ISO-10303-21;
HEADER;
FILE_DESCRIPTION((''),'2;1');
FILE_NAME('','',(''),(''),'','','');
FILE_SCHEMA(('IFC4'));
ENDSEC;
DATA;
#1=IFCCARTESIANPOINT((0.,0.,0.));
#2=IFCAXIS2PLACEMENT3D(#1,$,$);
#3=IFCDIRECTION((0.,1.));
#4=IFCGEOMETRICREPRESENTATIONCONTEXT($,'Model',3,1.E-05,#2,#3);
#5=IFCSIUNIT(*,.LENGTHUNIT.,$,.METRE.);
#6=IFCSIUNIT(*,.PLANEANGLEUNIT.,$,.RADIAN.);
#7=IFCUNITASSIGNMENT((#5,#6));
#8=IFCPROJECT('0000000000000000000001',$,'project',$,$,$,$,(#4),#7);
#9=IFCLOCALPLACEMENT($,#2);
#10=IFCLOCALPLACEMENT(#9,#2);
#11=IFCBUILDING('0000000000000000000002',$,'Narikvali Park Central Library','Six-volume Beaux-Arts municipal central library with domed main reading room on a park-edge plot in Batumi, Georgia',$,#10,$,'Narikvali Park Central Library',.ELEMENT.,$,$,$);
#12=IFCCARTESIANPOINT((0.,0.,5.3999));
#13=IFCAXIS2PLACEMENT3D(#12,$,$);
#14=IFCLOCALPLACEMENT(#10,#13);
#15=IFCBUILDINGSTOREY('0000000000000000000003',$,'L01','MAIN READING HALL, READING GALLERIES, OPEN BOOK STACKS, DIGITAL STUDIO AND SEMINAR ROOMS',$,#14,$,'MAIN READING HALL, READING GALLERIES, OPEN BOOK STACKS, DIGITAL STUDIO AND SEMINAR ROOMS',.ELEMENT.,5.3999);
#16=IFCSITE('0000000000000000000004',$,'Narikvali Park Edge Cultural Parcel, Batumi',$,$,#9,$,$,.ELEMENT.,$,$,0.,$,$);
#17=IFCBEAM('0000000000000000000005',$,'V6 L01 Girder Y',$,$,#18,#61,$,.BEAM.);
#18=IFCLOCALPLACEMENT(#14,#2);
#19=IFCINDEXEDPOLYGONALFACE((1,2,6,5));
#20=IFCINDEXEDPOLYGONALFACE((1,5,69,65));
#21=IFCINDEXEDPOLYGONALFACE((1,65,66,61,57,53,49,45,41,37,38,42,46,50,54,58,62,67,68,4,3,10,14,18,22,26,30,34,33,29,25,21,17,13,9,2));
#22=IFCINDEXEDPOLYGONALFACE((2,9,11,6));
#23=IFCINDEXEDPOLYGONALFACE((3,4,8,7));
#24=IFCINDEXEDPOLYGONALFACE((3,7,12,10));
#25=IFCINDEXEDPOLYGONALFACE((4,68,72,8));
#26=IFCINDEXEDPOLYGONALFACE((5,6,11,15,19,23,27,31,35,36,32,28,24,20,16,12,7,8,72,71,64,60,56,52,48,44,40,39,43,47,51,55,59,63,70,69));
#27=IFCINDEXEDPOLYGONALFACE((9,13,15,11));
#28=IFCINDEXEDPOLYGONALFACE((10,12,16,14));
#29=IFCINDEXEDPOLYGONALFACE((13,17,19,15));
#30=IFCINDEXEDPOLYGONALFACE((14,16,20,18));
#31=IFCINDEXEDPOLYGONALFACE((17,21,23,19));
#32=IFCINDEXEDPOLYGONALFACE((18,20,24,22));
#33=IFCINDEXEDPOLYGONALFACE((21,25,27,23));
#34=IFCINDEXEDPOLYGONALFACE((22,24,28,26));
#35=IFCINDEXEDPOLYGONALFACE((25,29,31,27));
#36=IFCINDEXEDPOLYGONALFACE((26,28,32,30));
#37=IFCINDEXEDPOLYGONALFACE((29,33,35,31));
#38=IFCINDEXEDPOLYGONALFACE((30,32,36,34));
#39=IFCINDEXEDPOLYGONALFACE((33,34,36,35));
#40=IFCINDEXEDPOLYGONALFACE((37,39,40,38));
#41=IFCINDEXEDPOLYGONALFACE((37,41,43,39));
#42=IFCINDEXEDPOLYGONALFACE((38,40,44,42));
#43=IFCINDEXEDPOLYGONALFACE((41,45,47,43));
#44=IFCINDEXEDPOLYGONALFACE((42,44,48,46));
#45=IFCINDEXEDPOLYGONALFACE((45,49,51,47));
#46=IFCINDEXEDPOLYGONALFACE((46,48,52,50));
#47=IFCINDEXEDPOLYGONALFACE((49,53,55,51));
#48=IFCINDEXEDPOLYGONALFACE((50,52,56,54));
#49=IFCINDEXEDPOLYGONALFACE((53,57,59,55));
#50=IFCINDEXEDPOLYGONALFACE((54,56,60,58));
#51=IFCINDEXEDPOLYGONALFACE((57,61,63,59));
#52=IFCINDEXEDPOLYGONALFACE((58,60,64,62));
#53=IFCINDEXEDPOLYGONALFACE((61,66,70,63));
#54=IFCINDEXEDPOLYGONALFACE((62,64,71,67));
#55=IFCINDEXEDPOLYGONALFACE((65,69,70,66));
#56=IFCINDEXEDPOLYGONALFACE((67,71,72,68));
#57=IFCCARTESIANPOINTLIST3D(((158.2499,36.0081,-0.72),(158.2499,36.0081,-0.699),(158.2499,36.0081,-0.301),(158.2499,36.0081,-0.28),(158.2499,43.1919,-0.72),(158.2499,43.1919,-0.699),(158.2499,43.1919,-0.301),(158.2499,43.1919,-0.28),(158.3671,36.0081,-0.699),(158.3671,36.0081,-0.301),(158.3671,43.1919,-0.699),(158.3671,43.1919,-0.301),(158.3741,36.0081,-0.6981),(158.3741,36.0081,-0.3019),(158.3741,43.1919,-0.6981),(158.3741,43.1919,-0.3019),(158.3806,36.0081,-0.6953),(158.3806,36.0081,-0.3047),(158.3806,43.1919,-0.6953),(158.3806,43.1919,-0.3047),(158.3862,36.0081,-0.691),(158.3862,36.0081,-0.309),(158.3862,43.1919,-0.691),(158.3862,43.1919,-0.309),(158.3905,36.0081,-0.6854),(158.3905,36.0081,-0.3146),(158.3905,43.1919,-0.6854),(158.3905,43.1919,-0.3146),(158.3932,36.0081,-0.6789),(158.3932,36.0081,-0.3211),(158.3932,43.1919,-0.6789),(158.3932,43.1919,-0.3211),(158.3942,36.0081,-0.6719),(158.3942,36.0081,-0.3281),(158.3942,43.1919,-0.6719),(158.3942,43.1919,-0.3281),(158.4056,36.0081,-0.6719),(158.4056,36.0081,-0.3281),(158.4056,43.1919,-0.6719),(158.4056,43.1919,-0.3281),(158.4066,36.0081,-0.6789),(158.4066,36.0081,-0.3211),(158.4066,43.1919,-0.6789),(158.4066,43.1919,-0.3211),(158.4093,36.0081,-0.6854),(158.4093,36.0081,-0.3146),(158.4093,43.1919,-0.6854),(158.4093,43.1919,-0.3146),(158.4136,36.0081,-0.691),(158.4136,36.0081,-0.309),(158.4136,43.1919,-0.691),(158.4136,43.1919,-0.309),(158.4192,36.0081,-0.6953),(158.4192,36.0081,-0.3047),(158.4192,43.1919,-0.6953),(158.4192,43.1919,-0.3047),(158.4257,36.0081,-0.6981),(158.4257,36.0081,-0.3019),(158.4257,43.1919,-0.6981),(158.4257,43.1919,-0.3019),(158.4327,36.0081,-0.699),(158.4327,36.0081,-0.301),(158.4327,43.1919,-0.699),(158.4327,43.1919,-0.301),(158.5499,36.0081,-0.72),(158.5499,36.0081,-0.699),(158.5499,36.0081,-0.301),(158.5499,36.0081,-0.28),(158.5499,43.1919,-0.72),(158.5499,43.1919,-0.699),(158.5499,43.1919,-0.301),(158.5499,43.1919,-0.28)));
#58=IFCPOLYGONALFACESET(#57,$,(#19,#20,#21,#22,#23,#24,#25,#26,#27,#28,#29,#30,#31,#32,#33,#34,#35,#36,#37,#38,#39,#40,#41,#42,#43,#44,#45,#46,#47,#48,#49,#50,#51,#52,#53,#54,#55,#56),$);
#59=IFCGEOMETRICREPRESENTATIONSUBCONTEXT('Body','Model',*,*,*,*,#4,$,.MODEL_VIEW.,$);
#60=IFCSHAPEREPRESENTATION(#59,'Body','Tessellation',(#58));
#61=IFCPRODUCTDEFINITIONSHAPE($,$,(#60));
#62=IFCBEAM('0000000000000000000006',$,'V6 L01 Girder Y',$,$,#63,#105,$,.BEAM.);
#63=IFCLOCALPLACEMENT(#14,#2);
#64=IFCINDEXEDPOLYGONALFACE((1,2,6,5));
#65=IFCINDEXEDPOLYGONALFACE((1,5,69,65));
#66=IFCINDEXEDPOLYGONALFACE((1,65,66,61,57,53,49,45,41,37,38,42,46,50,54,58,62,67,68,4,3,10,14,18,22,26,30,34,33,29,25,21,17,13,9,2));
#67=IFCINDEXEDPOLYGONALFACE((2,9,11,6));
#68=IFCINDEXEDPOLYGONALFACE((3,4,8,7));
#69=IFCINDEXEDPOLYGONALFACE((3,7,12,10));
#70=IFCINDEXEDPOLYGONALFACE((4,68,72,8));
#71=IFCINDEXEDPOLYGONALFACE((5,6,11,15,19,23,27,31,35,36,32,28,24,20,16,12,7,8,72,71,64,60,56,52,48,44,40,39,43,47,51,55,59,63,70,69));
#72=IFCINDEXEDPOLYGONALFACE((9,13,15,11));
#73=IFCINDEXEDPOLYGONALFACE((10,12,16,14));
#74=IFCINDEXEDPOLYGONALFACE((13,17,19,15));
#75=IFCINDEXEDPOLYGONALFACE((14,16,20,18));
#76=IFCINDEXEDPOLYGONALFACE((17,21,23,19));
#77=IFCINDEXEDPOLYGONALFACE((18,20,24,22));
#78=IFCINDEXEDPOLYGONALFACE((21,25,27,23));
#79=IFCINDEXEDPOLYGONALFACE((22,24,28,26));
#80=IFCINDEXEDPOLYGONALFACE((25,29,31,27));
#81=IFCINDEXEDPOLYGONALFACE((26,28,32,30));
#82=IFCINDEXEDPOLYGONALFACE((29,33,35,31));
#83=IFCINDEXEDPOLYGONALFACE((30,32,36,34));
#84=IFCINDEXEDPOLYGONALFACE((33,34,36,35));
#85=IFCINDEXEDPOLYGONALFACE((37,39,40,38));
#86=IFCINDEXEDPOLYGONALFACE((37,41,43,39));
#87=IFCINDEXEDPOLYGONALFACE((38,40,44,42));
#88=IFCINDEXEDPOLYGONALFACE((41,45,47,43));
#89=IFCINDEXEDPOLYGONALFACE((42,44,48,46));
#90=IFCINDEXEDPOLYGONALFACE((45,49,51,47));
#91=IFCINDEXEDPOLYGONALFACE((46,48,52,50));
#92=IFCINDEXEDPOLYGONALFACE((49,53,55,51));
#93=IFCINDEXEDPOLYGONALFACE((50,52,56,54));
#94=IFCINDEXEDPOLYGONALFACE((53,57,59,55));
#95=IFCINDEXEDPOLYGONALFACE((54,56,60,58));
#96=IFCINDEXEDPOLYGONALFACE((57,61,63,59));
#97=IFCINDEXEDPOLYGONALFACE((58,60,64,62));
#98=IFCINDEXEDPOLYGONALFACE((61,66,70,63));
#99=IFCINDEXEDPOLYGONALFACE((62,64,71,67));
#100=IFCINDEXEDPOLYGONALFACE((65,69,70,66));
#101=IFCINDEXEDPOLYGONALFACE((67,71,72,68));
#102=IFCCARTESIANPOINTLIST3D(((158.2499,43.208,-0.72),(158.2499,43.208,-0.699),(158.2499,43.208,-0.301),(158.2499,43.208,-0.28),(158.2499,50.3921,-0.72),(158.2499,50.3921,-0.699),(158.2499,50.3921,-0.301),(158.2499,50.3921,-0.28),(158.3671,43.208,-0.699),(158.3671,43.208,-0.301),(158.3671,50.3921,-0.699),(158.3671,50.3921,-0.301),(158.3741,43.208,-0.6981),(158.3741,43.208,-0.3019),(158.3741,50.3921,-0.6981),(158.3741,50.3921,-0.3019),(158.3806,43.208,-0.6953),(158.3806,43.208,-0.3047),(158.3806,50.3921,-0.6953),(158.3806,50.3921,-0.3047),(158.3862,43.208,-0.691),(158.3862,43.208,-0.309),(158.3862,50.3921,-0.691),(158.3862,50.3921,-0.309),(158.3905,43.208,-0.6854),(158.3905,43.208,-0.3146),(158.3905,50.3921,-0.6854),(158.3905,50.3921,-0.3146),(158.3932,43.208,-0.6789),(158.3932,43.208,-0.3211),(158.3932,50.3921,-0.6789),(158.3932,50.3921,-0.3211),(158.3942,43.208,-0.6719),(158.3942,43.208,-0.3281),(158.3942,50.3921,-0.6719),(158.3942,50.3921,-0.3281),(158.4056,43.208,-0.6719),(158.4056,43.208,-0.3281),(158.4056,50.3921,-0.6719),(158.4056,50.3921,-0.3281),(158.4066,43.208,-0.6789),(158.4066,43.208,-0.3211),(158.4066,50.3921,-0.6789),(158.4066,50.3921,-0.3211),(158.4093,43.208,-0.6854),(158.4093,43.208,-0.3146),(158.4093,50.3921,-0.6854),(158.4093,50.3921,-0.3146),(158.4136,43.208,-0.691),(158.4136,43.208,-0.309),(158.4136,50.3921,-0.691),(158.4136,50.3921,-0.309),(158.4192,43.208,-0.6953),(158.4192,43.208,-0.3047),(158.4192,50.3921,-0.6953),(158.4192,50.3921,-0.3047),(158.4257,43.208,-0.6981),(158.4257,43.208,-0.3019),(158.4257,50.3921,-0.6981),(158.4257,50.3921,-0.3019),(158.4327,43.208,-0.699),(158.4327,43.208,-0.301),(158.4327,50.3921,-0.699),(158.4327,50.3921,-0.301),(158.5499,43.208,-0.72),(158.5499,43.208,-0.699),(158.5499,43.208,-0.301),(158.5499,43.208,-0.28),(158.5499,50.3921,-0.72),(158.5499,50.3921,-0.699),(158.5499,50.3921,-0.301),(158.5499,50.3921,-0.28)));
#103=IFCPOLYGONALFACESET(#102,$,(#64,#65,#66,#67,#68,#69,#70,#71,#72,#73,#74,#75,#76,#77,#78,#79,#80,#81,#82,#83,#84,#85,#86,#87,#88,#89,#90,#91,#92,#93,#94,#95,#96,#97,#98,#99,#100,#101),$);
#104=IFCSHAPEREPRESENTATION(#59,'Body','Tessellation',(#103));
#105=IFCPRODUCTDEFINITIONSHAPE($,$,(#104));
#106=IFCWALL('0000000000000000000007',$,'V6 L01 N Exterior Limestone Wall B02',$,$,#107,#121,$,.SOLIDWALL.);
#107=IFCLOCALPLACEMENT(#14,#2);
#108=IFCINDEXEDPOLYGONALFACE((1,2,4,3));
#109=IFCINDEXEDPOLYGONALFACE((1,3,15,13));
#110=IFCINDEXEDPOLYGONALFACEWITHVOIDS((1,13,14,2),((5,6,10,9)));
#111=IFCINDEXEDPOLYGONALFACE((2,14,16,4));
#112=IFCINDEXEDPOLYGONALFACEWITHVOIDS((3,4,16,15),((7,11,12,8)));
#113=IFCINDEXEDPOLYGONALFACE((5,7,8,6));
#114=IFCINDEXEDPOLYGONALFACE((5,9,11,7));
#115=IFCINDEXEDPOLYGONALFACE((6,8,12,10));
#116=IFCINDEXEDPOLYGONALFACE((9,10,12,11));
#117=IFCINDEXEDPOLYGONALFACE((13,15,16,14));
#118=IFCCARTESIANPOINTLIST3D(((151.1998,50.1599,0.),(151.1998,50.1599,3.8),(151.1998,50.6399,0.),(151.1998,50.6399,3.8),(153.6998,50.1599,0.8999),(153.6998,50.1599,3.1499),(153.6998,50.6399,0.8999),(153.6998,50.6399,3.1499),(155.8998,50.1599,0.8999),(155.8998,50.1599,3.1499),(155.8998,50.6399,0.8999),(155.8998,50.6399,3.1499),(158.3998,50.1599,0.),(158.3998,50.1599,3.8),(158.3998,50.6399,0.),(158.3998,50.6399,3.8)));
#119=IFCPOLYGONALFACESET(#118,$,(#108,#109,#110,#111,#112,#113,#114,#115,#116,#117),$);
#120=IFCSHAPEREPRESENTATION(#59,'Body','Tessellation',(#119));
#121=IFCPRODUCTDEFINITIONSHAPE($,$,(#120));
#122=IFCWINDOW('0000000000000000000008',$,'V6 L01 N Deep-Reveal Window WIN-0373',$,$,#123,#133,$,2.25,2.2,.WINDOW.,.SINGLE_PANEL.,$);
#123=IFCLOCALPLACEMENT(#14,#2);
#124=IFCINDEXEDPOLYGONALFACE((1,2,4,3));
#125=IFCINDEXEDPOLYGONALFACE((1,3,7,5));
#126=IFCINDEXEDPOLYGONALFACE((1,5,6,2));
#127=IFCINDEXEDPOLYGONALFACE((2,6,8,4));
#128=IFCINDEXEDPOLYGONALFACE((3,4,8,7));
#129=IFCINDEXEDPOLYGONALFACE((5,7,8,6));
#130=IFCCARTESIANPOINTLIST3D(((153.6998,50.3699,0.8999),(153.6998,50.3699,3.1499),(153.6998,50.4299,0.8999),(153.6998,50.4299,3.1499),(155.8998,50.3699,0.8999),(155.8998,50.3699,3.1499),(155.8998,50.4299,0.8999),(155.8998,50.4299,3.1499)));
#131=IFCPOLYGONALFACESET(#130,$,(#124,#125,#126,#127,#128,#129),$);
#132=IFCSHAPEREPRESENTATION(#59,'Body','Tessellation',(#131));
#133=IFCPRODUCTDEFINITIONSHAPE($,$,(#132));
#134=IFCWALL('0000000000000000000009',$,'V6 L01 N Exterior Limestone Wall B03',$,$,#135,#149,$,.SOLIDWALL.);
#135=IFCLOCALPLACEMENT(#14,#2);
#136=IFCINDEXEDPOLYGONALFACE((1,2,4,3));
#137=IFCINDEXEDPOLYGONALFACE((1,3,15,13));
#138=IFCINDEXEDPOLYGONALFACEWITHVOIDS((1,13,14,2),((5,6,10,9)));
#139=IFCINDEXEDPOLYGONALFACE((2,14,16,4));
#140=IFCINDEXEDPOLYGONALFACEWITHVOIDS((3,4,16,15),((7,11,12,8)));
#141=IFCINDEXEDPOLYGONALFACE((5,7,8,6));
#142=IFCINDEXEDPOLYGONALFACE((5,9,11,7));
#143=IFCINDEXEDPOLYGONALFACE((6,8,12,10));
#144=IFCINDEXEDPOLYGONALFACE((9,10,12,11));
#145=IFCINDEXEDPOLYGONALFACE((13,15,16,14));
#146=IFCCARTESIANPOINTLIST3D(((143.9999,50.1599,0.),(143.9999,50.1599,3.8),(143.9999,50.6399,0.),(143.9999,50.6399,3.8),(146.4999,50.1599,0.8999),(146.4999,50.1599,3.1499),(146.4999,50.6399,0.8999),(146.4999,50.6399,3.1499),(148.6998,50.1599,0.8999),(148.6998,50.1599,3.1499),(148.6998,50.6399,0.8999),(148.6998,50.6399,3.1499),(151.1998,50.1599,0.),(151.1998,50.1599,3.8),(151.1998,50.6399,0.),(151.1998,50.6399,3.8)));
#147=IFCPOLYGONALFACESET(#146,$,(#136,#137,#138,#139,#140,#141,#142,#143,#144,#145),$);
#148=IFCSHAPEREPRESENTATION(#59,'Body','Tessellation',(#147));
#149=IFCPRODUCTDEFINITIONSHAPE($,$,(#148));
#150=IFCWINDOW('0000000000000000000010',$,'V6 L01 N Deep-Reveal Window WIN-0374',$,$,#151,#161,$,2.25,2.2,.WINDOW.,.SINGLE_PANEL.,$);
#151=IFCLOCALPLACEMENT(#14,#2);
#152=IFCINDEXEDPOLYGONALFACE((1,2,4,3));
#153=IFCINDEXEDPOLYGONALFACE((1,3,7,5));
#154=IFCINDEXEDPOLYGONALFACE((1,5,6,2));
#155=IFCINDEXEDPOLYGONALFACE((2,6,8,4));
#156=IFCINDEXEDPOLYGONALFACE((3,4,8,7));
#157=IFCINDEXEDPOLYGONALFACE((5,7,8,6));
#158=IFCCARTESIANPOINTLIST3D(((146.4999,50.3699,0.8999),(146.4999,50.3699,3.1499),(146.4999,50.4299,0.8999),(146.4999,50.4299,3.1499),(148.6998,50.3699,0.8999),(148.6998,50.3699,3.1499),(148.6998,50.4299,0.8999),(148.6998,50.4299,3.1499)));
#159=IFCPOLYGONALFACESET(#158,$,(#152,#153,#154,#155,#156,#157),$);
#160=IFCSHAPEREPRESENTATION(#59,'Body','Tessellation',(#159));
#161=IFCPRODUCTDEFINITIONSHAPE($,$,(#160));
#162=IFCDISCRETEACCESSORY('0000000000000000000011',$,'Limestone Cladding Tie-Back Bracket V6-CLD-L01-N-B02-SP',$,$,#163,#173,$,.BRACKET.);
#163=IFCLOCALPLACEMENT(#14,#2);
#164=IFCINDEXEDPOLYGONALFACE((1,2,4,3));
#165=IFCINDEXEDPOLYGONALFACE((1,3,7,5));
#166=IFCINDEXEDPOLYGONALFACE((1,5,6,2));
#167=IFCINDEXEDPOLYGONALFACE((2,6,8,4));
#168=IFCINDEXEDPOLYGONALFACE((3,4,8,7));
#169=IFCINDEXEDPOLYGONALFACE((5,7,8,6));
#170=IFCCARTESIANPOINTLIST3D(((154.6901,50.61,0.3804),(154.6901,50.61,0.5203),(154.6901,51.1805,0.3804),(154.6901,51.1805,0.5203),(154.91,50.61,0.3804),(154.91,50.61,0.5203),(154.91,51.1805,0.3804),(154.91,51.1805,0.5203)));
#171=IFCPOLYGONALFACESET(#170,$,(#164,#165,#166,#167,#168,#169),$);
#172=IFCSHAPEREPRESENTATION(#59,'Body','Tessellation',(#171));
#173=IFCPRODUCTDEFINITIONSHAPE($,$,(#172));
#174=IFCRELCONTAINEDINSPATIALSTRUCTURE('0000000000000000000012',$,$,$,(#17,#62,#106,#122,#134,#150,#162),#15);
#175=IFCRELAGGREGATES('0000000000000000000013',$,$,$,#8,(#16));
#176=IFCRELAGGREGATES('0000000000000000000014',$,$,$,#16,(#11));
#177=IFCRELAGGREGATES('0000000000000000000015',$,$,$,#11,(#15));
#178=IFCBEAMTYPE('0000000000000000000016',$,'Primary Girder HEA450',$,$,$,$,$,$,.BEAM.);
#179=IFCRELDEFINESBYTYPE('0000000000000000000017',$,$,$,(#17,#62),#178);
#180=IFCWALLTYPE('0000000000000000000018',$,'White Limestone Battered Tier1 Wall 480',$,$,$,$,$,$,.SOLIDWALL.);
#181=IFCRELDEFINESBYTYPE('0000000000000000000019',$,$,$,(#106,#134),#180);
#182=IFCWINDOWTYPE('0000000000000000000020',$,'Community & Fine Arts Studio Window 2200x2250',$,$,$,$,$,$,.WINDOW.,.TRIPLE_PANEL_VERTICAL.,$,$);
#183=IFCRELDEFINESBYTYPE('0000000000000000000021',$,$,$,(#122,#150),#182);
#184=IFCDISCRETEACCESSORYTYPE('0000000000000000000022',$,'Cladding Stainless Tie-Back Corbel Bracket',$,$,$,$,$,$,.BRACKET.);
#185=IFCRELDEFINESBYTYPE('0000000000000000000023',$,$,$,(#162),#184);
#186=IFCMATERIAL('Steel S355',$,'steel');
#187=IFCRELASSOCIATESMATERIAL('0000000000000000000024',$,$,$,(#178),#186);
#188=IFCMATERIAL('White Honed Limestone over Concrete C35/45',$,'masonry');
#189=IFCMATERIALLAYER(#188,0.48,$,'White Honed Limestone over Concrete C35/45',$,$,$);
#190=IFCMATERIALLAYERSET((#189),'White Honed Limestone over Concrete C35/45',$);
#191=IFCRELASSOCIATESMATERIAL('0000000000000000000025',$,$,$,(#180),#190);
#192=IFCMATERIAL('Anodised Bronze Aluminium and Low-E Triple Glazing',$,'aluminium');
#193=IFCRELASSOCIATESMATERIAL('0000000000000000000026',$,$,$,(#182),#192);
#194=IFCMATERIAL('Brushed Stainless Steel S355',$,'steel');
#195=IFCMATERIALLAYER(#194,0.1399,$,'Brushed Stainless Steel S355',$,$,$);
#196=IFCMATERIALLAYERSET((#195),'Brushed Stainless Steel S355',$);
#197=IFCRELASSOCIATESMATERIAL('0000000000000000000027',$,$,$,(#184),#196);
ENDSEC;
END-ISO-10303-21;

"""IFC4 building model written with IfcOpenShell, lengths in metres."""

from ifc_helpers import new_model, si_unit, direction, frame, frame_2d, origin, origin_2d, place, context, subcontext, project, spatial, rectangle, i_section, extrude, material, layer, layer_set, material_profile, profile_set, type_object, element, fill, save


model = new_model("IFC4")

# Units and contexts
model_context = context("Model", 3, precision=1e-05, world=origin(), true_north=direction((0.0, 1.0)))
body_context = subcontext(model_context, "Body", "Model", "MODEL_VIEW")
ifc_project = project(units=[si_unit("LENGTHUNIT", "METRE"), si_unit("PLANEANGLEUNIT", "RADIAN")], contexts=[model_context])

# Site, building, storey
site_placement = place(None, origin())
site = spatial("IfcSite", under=ifc_project, at=site_placement, Name="Narikvali Park Edge Cultural Parcel, Batumi", CompositionType="ELEMENT", RefElevation=0.0)
building_placement = place(site_placement, origin())
building = spatial("IfcBuilding", under=site, at=building_placement, Name="Narikvali Park Central Library", Description="Six-volume Beaux-Arts municipal central library with domed main reading room on a park-edge plot in Batumi, Georgia", LongName="Narikvali Park Central Library", CompositionType="ELEMENT")
storey_placement = place(building_placement, frame((0.0, 0.0, 5.3999)))
storey = spatial("IfcBuildingStorey", under=building, at=storey_placement, Name="L01", Description="MAIN READING HALL, READING GALLERIES, OPEN BOOK STACKS, DIGITAL STUDIO AND SEMINAR ROOMS", LongName="MAIN READING HALL, READING GALLERIES, OPEN BOOK STACKS, DIGITAL STUDIO AND SEMINAR ROOMS", CompositionType="ELEMENT", Elevation=5.3999)

# Shared definitions
ifc_material_1 = material(Name="Steel S355", Category="steel")

# Beams
ifc_material_profile_1 = material_profile(ifc_material_1, i_section(OverallWidth=0.3, OverallDepth=0.4399, WebThickness=0.0115, FlangeThickness=0.021, FilletRadius=0.0271, at=origin_2d()), Name="HEA 450")
ifc_profile_set_1 = profile_set([ifc_material_profile_1], Name="Steel S355")
beam_type_1 = type_object("IfcBeamType", Name="Primary Girder HEA450", PredefinedType="BEAM", material=ifc_profile_set_1)
beam_1_placement = place(storey_placement, frame((158.3999, 36.0081, -0.5), z_axis=(0.0, 1.0, 0.0), x_axis=(-1.0, 0.0, 0.0)))
element("IfcBeam", 1, at=beam_1_placement, inside=storey, type_object=beam_type_1, Name="V6 L01 Girder Y", PredefinedType="BEAM", context=body_context, shape_type="SweptSolid", body=[
    extrude(i_section(OverallWidth=0.3, OverallDepth=0.4399, WebThickness=0.0115, FlangeThickness=0.021, FilletRadius=0.0271, at=origin_2d()), origin(), (0.0, 0.0, 1.0), 7.1838),
])
beam_2_placement = place(storey_placement, frame((158.3999, 43.208, -0.5), z_axis=(0.0, 1.0, 0.0), x_axis=(-1.0, 0.0, 0.0)))
element("IfcBeam", 2, at=beam_2_placement, inside=storey, type_object=beam_type_1, Name="V6 L01 Girder Y", PredefinedType="BEAM", context=body_context, shape_type="SweptSolid", body=[
    extrude(i_section(OverallWidth=0.3, OverallDepth=0.4399, WebThickness=0.0115, FlangeThickness=0.021, FilletRadius=0.0271, at=origin_2d()), origin(), (0.0, 0.0, 1.0), 7.1841),
])

# Walls, openings, windows
ifc_material_2 = material(Name="White Honed Limestone over Concrete C35/45", Category="masonry")
ifc_layer_1 = layer(ifc_material_2, 0.48, Name="White Honed Limestone over Concrete C35/45")
ifc_layer_set_1 = layer_set([ifc_layer_1], Name="White Honed Limestone over Concrete C35/45")
wall_type = type_object("IfcWallType", Name="White Limestone Battered Tier1 Wall 480", PredefinedType="SOLIDWALL", material=ifc_layer_set_1)
wall_1_placement = place(storey_placement, frame((158.3999, 50.3999, 0.0), z_axis=(0.0, 0.0, 1.0), x_axis=(-1.0, 0.0, 0.0)))
wall_1 = element("IfcWall", 3, at=wall_1_placement, inside=storey, type_object=wall_type, Name="V6 L01 N Exterior Limestone Wall B02", PredefinedType="SOLIDWALL", context=body_context, shape_type="SweptSolid", body=[
    extrude(rectangle(XDim=7.2, YDim=0.48, at=frame_2d((3.6001, 0.0))), origin(), (0.0, 0.0, 1.0), 3.8),
])
opening_1_placement = place(wall_1_placement, frame((2.5, 0.0, 0.8999)))
opening_1 = element("IfcOpeningElement", 4, at=opening_1_placement, cuts=wall_1, PredefinedType="OPENING", context=body_context, shape_type="SweptSolid", body=[
    extrude(rectangle(XDim=2.2, YDim=2.25, at=frame_2d((1.1001, 1.125))), frame((0.0, 0.252, 0.0), z_axis=(0.0, -1.0, 0.0), x_axis=(1.0, 0.0, 0.0)), (0.0, 0.0, 1.0), 0.5039),
])
ifc_material_3 = material(Name="Anodised Bronze Aluminium and Low-E Triple Glazing", Category="aluminium")
window_type = type_object("IfcWindowType", Name="Community & Fine Arts Studio Window 2200x2250", PartitioningType="TRIPLE_PANEL_VERTICAL", PredefinedType="WINDOW", material=ifc_material_3)
window_1_placement = place(opening_1_placement, origin())
window_1 = element("IfcWindow", 5, at=window_1_placement, inside=storey, type_object=window_type, Name="V6 L01 N Deep-Reveal Window WIN-0373", OverallHeight=2.25, OverallWidth=2.2, PartitioningType="SINGLE_PANEL", PredefinedType="WINDOW", context=body_context, shape_type="SweptSolid", body=[
    extrude(rectangle(XDim=2.2, YDim=2.25, at=frame_2d((1.1001, 1.125))), frame((0.0, 0.03, 0.0), z_axis=(0.0, -1.0, 0.0), x_axis=(1.0, 0.0, 0.0)), (0.0, 0.0, 1.0), 0.0601),
])
fill(opening_1, window_1)
wall_2_placement = place(storey_placement, frame((151.2, 50.3999, 0.0), z_axis=(0.0, 0.0, 1.0), x_axis=(-1.0, 0.0, 0.0)))
wall_2 = element("IfcWall", 6, at=wall_2_placement, inside=storey, type_object=wall_type, Name="V6 L01 N Exterior Limestone Wall B03", PredefinedType="SOLIDWALL", context=body_context, shape_type="SweptSolid", body=[
    extrude(rectangle(XDim=7.2, YDim=0.48, at=frame_2d((3.6001, 0.0))), origin(), (0.0, 0.0, 1.0), 3.8),
])
opening_2_placement = place(wall_2_placement, frame((2.5, 0.0, 0.8999)))
opening_2 = element("IfcOpeningElement", 7, at=opening_2_placement, cuts=wall_2, PredefinedType="OPENING", context=body_context, shape_type="SweptSolid", body=[
    extrude(rectangle(XDim=2.2, YDim=2.25, at=frame_2d((1.1001, 1.125))), frame((0.0, 0.252, 0.0), z_axis=(0.0, -1.0, 0.0), x_axis=(1.0, 0.0, 0.0)), (0.0, 0.0, 1.0), 0.5039),
])
window_2_placement = place(opening_2_placement, origin())
window_2 = element("IfcWindow", 8, at=window_2_placement, inside=storey, type_object=window_type, Name="V6 L01 N Deep-Reveal Window WIN-0374", OverallHeight=2.25, OverallWidth=2.2, PartitioningType="SINGLE_PANEL", PredefinedType="WINDOW", context=body_context, shape_type="SweptSolid", body=[
    extrude(rectangle(XDim=2.2, YDim=2.25, at=frame_2d((1.1001, 1.125))), frame((0.0, 0.03, 0.0), z_axis=(0.0, -1.0, 0.0), x_axis=(1.0, 0.0, 0.0)), (0.0, 0.0, 1.0), 0.0601),
])
fill(opening_2, window_2)

# Discrete accessory
ifc_material_4 = material(Name="Brushed Stainless Steel S355", Category="steel")
ifc_layer_2 = layer(ifc_material_4, 0.1399, Name="Brushed Stainless Steel S355")
ifc_layer_set_2 = layer_set([ifc_layer_2], Name="Brushed Stainless Steel S355")
discrete_accessory_type = type_object("IfcDiscreteAccessoryType", Name="Cladding Stainless Tie-Back Corbel Bracket", PredefinedType="BRACKET", material=ifc_layer_set_2)
discrete_accessory_1_placement = place(storey_placement, frame((154.8, 50.8953, 0.3804), z_axis=(0.0, 0.0, 1.0), x_axis=(1.0, 0.0, 0.0)))
element("IfcDiscreteAccessory", 9, at=discrete_accessory_1_placement, inside=storey, type_object=discrete_accessory_type, Name="Limestone Cladding Tie-Back Bracket V6-CLD-L01-N-B02-SP", PredefinedType="BRACKET", context=body_context, shape_type="SweptSolid", body=[
    extrude(rectangle(XDim=0.22, YDim=0.5706, at=origin_2d()), origin(), (0.0, 0.0, 1.0), 0.1399),
])

save(model, "model.ifc")
